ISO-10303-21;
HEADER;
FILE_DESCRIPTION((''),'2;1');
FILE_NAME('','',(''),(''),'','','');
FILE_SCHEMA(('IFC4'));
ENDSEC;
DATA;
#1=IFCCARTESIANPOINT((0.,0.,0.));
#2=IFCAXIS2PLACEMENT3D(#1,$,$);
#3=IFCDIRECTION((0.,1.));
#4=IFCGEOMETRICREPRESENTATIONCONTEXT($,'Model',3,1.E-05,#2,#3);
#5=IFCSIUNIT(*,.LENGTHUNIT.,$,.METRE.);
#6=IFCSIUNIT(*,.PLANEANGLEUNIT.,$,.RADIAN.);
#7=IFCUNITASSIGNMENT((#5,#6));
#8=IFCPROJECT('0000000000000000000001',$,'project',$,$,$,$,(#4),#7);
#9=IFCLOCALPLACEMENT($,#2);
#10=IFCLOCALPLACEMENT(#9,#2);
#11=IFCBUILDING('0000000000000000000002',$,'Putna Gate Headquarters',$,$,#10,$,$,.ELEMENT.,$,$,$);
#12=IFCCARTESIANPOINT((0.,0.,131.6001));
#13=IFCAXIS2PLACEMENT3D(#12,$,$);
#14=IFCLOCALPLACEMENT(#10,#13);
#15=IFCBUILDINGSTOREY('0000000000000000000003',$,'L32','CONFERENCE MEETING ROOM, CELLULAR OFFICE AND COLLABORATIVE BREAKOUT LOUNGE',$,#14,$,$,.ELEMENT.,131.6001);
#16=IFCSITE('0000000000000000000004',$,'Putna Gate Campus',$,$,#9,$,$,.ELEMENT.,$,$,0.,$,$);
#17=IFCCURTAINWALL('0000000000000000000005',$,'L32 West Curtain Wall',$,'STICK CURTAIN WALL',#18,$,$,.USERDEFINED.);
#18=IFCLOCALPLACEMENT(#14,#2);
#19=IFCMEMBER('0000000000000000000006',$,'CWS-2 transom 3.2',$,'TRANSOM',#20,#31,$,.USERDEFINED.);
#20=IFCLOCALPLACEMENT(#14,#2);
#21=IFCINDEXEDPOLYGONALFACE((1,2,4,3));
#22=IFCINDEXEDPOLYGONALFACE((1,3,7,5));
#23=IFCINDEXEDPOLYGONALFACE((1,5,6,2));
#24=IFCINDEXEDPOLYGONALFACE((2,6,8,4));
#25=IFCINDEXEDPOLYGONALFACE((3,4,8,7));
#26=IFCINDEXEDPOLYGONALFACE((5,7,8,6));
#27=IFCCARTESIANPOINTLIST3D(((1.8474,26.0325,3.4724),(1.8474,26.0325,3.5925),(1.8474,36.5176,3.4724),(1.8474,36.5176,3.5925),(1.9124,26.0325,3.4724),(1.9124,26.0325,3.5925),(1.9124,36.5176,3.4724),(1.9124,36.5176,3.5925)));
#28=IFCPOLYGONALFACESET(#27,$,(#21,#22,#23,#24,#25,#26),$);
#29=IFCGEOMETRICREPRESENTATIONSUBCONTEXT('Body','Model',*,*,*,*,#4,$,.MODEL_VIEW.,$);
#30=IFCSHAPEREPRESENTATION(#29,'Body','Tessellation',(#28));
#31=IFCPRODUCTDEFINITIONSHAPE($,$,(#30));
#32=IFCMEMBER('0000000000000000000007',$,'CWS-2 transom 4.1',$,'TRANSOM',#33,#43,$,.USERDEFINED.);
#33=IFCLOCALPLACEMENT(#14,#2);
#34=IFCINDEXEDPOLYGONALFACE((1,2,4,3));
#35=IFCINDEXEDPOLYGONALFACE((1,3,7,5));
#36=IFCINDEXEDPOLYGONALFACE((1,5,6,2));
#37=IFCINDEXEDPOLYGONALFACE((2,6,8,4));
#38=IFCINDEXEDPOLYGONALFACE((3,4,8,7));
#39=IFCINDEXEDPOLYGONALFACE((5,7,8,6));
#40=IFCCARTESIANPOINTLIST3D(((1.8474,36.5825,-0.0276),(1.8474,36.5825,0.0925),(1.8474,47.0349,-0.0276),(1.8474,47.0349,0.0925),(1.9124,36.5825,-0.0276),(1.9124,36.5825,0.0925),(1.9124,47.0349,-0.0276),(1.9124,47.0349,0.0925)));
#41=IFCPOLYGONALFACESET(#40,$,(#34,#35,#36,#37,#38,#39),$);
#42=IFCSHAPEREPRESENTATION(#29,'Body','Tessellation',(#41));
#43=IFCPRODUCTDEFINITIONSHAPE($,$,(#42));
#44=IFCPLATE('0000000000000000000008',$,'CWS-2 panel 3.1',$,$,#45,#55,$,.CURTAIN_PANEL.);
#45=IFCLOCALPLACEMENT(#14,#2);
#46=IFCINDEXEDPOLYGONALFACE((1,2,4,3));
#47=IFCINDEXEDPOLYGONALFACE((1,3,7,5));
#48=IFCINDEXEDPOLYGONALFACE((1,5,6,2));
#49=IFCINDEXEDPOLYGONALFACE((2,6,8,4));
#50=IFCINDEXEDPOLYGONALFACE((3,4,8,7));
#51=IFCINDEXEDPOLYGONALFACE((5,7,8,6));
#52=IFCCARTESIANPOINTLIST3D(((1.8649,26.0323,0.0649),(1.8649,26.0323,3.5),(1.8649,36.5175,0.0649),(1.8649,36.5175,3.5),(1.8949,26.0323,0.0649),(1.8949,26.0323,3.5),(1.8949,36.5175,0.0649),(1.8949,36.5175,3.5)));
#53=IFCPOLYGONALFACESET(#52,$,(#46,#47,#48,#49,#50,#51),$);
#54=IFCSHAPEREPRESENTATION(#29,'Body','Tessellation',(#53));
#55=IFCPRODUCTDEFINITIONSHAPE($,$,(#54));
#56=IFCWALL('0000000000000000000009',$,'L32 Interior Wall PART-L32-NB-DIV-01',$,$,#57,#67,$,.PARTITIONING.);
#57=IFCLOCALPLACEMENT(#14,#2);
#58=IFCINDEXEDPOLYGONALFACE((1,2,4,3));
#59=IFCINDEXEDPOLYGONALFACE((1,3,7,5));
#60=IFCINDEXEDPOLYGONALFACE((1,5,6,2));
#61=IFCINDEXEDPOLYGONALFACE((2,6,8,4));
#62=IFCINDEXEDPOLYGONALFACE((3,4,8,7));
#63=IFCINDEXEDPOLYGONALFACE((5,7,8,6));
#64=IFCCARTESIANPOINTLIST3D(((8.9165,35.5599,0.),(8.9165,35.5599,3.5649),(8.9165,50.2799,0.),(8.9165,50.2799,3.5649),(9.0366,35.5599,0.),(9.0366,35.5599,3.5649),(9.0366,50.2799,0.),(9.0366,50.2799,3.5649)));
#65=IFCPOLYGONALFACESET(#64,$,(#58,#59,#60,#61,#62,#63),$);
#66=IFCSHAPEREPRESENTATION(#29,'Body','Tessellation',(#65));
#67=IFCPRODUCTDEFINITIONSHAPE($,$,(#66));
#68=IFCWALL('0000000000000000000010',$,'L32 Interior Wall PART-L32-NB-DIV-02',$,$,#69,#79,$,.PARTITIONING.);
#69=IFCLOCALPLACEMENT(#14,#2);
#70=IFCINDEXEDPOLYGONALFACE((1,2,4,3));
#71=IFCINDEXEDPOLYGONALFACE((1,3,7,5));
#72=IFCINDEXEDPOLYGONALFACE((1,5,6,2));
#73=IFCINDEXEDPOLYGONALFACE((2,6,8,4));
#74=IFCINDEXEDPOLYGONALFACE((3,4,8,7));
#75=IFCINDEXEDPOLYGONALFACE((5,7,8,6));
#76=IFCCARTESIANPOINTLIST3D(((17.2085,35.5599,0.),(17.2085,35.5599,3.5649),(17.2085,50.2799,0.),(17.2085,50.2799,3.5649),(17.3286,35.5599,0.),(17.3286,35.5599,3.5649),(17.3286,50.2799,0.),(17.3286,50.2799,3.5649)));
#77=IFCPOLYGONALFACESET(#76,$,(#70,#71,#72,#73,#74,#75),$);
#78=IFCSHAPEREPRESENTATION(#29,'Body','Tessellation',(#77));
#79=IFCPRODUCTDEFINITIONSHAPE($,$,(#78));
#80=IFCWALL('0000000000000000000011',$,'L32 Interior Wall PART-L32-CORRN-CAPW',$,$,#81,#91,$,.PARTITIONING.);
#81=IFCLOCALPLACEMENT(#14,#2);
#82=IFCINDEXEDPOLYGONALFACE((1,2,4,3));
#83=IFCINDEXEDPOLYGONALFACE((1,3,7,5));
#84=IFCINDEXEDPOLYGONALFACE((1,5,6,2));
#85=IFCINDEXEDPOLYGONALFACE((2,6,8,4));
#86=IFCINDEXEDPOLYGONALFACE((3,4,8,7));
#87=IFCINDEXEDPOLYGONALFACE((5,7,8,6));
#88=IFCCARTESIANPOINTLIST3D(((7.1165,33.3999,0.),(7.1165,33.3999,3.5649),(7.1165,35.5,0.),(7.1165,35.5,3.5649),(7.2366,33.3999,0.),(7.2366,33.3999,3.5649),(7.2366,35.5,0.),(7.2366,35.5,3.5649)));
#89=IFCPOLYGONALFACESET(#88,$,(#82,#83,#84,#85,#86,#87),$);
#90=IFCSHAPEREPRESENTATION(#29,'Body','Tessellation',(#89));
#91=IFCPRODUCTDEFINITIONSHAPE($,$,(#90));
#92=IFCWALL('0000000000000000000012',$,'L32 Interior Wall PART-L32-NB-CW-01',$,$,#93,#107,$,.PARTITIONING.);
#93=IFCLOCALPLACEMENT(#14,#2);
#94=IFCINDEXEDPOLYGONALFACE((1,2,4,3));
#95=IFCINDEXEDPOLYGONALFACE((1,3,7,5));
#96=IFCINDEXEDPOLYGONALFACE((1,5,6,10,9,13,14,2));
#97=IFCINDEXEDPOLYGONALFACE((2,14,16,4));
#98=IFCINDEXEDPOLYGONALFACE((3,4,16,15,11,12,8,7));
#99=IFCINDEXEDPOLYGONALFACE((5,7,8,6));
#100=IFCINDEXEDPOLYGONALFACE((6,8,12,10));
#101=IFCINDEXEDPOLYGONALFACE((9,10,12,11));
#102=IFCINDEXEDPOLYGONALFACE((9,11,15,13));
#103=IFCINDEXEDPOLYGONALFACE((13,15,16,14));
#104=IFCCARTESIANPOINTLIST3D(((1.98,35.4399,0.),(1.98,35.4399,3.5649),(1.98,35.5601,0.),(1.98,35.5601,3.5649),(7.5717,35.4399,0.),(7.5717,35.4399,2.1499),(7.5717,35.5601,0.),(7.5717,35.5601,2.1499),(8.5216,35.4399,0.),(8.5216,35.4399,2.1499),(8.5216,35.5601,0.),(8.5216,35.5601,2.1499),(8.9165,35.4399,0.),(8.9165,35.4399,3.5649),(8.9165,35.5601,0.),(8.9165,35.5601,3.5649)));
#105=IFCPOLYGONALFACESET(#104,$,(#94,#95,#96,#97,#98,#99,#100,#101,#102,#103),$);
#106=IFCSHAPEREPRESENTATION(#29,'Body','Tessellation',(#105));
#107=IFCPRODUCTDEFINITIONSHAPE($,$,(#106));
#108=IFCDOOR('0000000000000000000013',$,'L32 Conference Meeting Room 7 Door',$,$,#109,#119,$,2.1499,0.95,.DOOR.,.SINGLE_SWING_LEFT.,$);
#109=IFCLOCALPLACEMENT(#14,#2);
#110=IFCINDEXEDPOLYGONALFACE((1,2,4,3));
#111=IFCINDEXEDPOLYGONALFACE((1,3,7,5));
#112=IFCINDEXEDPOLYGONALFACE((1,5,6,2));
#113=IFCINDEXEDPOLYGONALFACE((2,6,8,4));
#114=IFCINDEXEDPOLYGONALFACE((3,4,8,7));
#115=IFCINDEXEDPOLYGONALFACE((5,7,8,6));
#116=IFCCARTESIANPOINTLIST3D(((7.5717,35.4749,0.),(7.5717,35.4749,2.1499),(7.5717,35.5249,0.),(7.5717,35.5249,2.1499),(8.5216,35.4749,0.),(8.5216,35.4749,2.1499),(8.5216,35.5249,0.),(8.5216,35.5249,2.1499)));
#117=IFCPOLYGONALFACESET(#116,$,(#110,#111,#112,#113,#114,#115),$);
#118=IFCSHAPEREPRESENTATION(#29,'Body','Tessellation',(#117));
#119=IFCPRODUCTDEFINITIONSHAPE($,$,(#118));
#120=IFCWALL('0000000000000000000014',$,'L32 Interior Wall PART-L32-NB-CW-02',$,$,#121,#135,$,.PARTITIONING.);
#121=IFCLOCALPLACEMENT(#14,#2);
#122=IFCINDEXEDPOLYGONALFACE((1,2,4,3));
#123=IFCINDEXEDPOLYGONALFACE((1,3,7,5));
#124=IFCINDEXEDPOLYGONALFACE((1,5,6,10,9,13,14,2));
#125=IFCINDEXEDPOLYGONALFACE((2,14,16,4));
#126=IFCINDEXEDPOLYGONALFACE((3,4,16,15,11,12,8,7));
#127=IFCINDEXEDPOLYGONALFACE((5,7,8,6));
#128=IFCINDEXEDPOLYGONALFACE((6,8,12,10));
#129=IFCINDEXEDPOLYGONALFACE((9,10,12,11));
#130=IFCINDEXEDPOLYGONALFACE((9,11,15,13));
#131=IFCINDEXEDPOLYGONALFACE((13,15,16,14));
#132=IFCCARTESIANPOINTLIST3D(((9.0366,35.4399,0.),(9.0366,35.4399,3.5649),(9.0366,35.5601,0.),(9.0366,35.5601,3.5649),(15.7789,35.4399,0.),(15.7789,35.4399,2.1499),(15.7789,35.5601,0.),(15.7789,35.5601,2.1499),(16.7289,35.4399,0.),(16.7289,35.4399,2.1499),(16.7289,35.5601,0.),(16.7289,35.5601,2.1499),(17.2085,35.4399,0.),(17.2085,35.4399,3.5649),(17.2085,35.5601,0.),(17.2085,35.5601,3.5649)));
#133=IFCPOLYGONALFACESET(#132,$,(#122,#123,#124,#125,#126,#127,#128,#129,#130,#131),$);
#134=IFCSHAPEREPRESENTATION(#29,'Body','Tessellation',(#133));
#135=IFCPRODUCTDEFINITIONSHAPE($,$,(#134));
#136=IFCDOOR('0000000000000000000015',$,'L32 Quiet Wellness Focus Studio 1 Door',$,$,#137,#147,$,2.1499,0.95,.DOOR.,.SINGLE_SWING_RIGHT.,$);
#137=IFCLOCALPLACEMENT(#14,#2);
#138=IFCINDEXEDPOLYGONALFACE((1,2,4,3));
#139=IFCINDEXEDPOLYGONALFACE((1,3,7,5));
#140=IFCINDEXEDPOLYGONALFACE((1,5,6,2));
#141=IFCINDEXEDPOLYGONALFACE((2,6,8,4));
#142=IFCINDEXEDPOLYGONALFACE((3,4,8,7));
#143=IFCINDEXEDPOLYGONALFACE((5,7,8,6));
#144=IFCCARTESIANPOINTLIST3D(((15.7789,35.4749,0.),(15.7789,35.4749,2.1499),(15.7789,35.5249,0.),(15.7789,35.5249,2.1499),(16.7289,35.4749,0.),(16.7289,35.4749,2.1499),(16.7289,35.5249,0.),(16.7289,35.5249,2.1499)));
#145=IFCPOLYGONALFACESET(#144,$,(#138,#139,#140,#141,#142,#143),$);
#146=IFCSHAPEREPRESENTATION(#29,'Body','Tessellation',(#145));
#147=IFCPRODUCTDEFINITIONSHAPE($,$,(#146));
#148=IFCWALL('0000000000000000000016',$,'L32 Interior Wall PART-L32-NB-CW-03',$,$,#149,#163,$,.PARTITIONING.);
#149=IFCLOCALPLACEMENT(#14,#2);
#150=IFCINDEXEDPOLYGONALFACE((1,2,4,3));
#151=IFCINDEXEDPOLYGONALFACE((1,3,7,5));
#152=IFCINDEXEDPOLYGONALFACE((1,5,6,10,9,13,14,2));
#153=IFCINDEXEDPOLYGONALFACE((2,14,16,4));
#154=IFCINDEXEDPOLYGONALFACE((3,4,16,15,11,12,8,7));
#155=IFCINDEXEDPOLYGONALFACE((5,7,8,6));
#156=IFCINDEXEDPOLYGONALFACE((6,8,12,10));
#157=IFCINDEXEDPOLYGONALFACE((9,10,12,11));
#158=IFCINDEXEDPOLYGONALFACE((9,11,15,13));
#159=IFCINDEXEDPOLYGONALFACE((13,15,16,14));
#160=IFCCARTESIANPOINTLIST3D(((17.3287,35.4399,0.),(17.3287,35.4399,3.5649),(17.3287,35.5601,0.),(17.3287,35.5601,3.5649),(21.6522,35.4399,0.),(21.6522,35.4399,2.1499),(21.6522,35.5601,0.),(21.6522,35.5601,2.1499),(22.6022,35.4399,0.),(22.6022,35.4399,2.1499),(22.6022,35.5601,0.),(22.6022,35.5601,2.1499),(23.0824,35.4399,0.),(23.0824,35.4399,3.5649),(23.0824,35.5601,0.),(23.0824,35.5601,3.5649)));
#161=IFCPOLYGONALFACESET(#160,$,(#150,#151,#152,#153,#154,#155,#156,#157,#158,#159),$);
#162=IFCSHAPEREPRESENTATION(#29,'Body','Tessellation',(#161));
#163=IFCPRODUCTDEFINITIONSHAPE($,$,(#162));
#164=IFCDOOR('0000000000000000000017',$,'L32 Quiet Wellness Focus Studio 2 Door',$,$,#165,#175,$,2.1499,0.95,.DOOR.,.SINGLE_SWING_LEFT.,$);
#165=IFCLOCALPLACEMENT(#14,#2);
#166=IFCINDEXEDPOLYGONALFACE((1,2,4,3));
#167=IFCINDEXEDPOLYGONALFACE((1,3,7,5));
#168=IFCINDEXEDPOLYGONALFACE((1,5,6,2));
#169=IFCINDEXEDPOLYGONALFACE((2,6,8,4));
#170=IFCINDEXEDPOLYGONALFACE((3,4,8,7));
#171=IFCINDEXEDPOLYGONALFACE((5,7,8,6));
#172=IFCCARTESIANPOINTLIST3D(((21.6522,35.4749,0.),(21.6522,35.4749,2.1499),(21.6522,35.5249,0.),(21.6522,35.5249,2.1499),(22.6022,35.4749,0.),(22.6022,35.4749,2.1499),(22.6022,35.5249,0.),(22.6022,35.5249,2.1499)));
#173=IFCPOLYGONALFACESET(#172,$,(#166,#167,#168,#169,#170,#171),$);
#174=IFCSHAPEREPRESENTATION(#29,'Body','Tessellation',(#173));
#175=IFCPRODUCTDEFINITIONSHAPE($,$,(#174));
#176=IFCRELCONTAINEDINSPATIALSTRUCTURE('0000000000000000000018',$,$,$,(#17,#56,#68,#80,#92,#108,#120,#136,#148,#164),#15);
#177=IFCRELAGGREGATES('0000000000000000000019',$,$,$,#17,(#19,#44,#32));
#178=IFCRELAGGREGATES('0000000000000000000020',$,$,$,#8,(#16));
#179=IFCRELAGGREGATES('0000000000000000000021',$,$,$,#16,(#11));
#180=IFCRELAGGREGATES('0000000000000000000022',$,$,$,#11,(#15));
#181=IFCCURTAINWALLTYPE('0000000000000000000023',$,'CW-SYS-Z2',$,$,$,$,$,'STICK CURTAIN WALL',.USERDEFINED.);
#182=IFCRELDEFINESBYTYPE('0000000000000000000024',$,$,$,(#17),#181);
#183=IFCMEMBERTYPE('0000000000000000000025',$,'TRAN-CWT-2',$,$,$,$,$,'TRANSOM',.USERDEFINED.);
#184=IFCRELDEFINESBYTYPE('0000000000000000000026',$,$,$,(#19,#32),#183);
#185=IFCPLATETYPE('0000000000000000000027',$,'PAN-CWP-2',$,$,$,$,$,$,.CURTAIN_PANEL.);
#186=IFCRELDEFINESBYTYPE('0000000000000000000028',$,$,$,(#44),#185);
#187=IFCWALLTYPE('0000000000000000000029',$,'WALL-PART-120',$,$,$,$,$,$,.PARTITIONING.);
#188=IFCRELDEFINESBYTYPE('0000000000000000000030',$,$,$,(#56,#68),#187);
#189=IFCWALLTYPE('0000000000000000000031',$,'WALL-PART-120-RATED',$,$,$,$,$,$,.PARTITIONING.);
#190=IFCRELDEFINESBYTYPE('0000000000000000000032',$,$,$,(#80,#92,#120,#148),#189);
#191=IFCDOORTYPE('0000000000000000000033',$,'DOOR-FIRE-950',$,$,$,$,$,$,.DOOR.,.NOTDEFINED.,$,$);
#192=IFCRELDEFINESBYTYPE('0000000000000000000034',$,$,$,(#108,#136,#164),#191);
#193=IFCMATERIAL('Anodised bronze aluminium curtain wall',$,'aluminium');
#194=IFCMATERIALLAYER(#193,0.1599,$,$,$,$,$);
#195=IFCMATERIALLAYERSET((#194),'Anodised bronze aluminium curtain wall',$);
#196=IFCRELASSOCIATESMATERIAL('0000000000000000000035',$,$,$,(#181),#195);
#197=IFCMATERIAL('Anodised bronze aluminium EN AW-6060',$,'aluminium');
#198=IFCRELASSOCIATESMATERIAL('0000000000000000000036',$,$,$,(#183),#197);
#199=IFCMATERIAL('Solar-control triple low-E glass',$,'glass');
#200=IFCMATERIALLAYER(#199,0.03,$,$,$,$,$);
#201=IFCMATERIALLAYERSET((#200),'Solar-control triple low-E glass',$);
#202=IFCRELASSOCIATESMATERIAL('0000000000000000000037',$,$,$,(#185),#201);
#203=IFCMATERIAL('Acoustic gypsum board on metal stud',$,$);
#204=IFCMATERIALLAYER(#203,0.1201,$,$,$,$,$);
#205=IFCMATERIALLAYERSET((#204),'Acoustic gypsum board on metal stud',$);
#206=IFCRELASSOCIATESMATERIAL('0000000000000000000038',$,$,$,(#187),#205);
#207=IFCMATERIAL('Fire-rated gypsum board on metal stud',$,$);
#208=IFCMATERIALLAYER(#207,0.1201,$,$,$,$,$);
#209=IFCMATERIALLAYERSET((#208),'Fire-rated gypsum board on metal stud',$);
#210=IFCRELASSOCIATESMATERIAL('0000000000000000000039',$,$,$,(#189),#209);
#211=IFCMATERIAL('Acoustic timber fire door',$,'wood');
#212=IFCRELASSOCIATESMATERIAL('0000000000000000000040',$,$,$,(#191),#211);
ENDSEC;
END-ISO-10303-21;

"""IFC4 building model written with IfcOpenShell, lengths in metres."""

from ifc_helpers import new_model, si_unit, direction, frame, frame_2d, origin, origin_2d, place, context, subcontext, project, spatial, rectangle, extrude, material, layer, layer_set, material_profile, profile_set, type_object, element, fill, aggregate, save


model = new_model("IFC4")

# Units and contexts
model_context = context("Model", 3, precision=1e-05, world=origin(), true_north=direction((0.0, 1.0)))
body_context = subcontext(model_context, "Body", "Model", "MODEL_VIEW")
ifc_project = project(units=[si_unit("LENGTHUNIT", "METRE"), si_unit("PLANEANGLEUNIT", "RADIAN")], contexts=[model_context])

# Site, building, storey
site_placement = place(None, origin())
site = spatial("IfcSite", under=ifc_project, at=site_placement, Name="Putna Gate Campus", CompositionType="ELEMENT", RefElevation=0.0)
building_placement = place(site_placement, origin())
building = spatial("IfcBuilding", under=site, at=building_placement, Name="Putna Gate Headquarters", CompositionType="ELEMENT")
storey_placement = place(building_placement, frame((0.0, 0.0, 131.6001)))
storey = spatial("IfcBuildingStorey", under=building, at=storey_placement, Name="L32", Description="CONFERENCE MEETING ROOM, CELLULAR OFFICE AND COLLABORATIVE BREAKOUT LOUNGE", CompositionType="ELEMENT", Elevation=131.6001)

# Curtain wall, members, plate
ifc_material_1 = material(Name="Anodised bronze aluminium curtain wall", Category="aluminium")
ifc_layer_1 = layer(ifc_material_1, 0.1599)
ifc_layer_set_1 = layer_set([ifc_layer_1], Name="Anodised bronze aluminium curtain wall")
curtain_wall_type = type_object("IfcCurtainWallType", Name="CW-SYS-Z2", ElementType="STICK CURTAIN WALL", PredefinedType="USERDEFINED", material=ifc_layer_set_1)
curtain_wall_placement = place(storey_placement, origin())
curtain_wall = element("IfcCurtainWall", 1, at=curtain_wall_placement, inside=storey, type_object=curtain_wall_type, Name="L32 West Curtain Wall", ObjectType="STICK CURTAIN WALL", PredefinedType="USERDEFINED")
ifc_material_2 = material(Name="Anodised bronze aluminium EN AW-6060", Category="aluminium")
ifc_material_profile_1 = material_profile(ifc_material_2, rectangle(XDim=0.0649, YDim=0.1201, at=origin_2d()), Name="Anodised bronze aluminium EN AW-6060")
ifc_profile_set_1 = profile_set([ifc_material_profile_1], Name="Anodised bronze aluminium EN AW-6060")
member_type_1 = type_object("IfcMemberType", Name="TRAN-CWT-2", ElementType="TRANSOM", PredefinedType="USERDEFINED", material=ifc_profile_set_1)
member_1_placement = place(storey_placement, frame((1.8799, 26.0325, 3.5325), z_axis=(0.0, 1.0, 0.0), x_axis=(-1.0, 0.0, 0.0)))
member_1 = element("IfcMember", 2, at=member_1_placement, type_object=member_type_1, Name="CWS-2 transom 3.2", ObjectType="TRANSOM", PredefinedType="USERDEFINED", context=body_context, shape_type="SweptSolid", body=[
    extrude(rectangle(XDim=0.0649, YDim=0.1201, at=origin_2d()), origin(), (0.0, 0.0, 1.0), 10.4851),
])
member_2_placement = place(storey_placement, frame((1.8799, 36.5825, 0.0325), z_axis=(0.0, 1.0, 0.0), x_axis=(-1.0, 0.0, 0.0)))
member_2 = element("IfcMember", 3, at=member_2_placement, type_object=member_type_1, Name="CWS-2 transom 4.1", ObjectType="TRANSOM", PredefinedType="USERDEFINED", context=body_context, shape_type="SweptSolid", body=[
    extrude(rectangle(XDim=0.0649, YDim=0.1201, at=origin_2d()), origin(), (0.0, 0.0, 1.0), 10.4524),
])
ifc_material_3 = material(Name="Solar-control triple low-E glass", Category="glass")
ifc_layer_2 = layer(ifc_material_3, 0.03)
ifc_layer_set_2 = layer_set([ifc_layer_2], Name="Solar-control triple low-E glass")
plate_type = type_object("IfcPlateType", Name="PAN-CWP-2", PredefinedType="CURTAIN_PANEL", material=ifc_layer_set_2)
plate_placement = place(storey_placement, frame((1.8799, 31.2749, 0.0649), z_axis=(0.0, 0.0, 1.0), x_axis=(0.0, 1.0, 0.0)))
plate = element("IfcPlate", 4, at=plate_placement, type_object=plate_type, Name="CWS-2 panel 3.1", PredefinedType="CURTAIN_PANEL", context=body_context, shape_type="SweptSolid", body=[
    extrude(rectangle(XDim=10.4851, YDim=0.03, at=origin_2d()), origin(), (0.0, 0.0, 1.0), 3.4351),
])
aggregate(curtain_wall, [member_1, plate, member_2])

# Walls
ifc_material_4 = material(Name="Acoustic gypsum board on metal stud")
ifc_layer_3 = layer(ifc_material_4, 0.1201)
ifc_layer_set_3 = layer_set([ifc_layer_3], Name="Acoustic gypsum board on metal stud")
wall_type_1 = type_object("IfcWallType", Name="WALL-PART-120", PredefinedType="PARTITIONING", material=ifc_layer_set_3)
for number, where, z_axis, x_axis, name in (
    (5, (8.9766, 35.5601, 0.0), (0.0, 0.0, 1.0), (0.0, 1.0, 0.0), "L32 Interior Wall PART-L32-NB-DIV-01"),
    (6, (17.2686, 35.5601, 0.0), (0.0, 0.0, 1.0), (0.0, 1.0, 0.0), "L32 Interior Wall PART-L32-NB-DIV-02"),
):
    element("IfcWall", number, at=place(storey_placement, frame(where, z_axis=z_axis, x_axis=x_axis)), inside=storey, type_object=wall_type_1, Name=name, PredefinedType="PARTITIONING", context=body_context, shape_type="SweptSolid", body=[
        extrude(rectangle(XDim=14.72, YDim=0.1201, at=frame_2d((7.3599, 0.0))), origin(), (0.0, 0.0, 1.0), 3.5649),
    ])
ifc_material_5 = material(Name="Fire-rated gypsum board on metal stud")
ifc_layer_4 = layer(ifc_material_5, 0.1201)
ifc_layer_set_4 = layer_set([ifc_layer_4], Name="Fire-rated gypsum board on metal stud")
wall_type_2 = type_object("IfcWallType", Name="WALL-PART-120-RATED", PredefinedType="PARTITIONING", material=ifc_layer_set_4)
wall_1_placement = place(storey_placement, frame((7.1765, 33.3999, 0.0), z_axis=(0.0, 0.0, 1.0), x_axis=(0.0, 1.0, 0.0)))
element("IfcWall", 7, at=wall_1_placement, inside=storey, type_object=wall_type_2, Name="L32 Interior Wall PART-L32-CORRN-CAPW", PredefinedType="PARTITIONING", context=body_context, shape_type="SweptSolid", body=[
    extrude(rectangle(XDim=2.1001, YDim=0.1201, at=frame_2d((1.05, 0.0))), origin(), (0.0, 0.0, 1.0), 3.5649),
])

# Walls, openings, doors
wall_2_placement = place(storey_placement, frame((1.98, 35.5, 0.0), z_axis=(0.0, 0.0, 1.0), x_axis=(1.0, 0.0, 0.0)))
wall_2 = element("IfcWall", 8, at=wall_2_placement, inside=storey, type_object=wall_type_2, Name="L32 Interior Wall PART-L32-NB-CW-01", PredefinedType="PARTITIONING", context=body_context, shape_type="SweptSolid", body=[
    extrude(rectangle(XDim=6.9365, YDim=0.1201, at=frame_2d((3.4683, 0.0))), origin(), (0.0, 0.0, 1.0), 3.5649),
])
opening_1_placement = place(wall_2_placement, frame((5.5916, 0.0, 0.0)))
opening_1 = element("IfcOpeningElement", 9, at=opening_1_placement, cuts=wall_2, PredefinedType="OPENING", context=body_context, shape_type="SweptSolid", body=[
    extrude(rectangle(XDim=0.95, YDim=2.1499, at=frame_2d((0.4751, 1.075))), frame((0.0, 0.0701, 0.0), z_axis=(0.0, -1.0, 0.0), x_axis=(1.0, 0.0, 0.0)), (0.0, 0.0, 1.0), 0.1401),
])
ifc_material_6 = material(Name="Acoustic timber fire door", Category="wood")
door_type_1 = type_object("IfcDoorType", Name="DOOR-FIRE-950", OperationType="NOTDEFINED", PredefinedType="DOOR", material=ifc_material_6)
door_1_placement = place(opening_1_placement, origin())
door_1 = element("IfcDoor", 10, at=door_1_placement, inside=storey, type_object=door_type_1, Name="L32 Conference Meeting Room 7 Door", OperationType="SINGLE_SWING_LEFT", OverallHeight=2.1499, OverallWidth=0.95, PredefinedType="DOOR", context=body_context, shape_type="SweptSolid", body=[
    extrude(rectangle(XDim=0.95, YDim=2.1499, at=frame_2d((0.4751, 1.075))), frame((0.0, 0.0249, 0.0), z_axis=(0.0, -1.0, 0.0), x_axis=(1.0, 0.0, 0.0)), (0.0, 0.0, 1.0), 0.05),
])
fill(opening_1, door_1)
wall_3_placement = place(storey_placement, frame((9.0366, 35.5, 0.0), z_axis=(0.0, 0.0, 1.0), x_axis=(1.0, 0.0, 0.0)))
wall_3 = element("IfcWall", 11, at=wall_3_placement, inside=storey, type_object=wall_type_2, Name="L32 Interior Wall PART-L32-NB-CW-02", PredefinedType="PARTITIONING", context=body_context, shape_type="SweptSolid", body=[
    extrude(rectangle(XDim=8.1719, YDim=0.1201, at=frame_2d((4.0859, 0.0))), origin(), (0.0, 0.0, 1.0), 3.5649),
])
opening_2_placement = place(wall_3_placement, frame((6.7422, 0.0, 0.0)))
opening_2 = element("IfcOpeningElement", 12, at=opening_2_placement, cuts=wall_3, PredefinedType="OPENING", context=body_context, shape_type="SweptSolid", body=[
    extrude(rectangle(XDim=0.95, YDim=2.1499, at=frame_2d((0.4751, 1.075))), frame((0.0, 0.0701, 0.0), z_axis=(0.0, -1.0, 0.0), x_axis=(1.0, 0.0, 0.0)), (0.0, 0.0, 1.0), 0.1401),
])
door_2_placement = place(opening_2_placement, origin())
door_2 = element("IfcDoor", 13, at=door_2_placement, inside=storey, type_object=door_type_1, Name="L32 Quiet Wellness Focus Studio 1 Door", OperationType="SINGLE_SWING_RIGHT", OverallHeight=2.1499, OverallWidth=0.95, PredefinedType="DOOR", context=body_context, shape_type="SweptSolid", body=[
    extrude(rectangle(XDim=0.95, YDim=2.1499, at=frame_2d((0.4751, 1.075))), frame((0.0, 0.0249, 0.0), z_axis=(0.0, -1.0, 0.0), x_axis=(1.0, 0.0, 0.0)), (0.0, 0.0, 1.0), 0.05),
])
fill(opening_2, door_2)
wall_4_placement = place(storey_placement, frame((17.3286, 35.5, 0.0), z_axis=(0.0, 0.0, 1.0), x_axis=(1.0, 0.0, 0.0)))
wall_4 = element("IfcWall", 14, at=wall_4_placement, inside=storey, type_object=wall_type_2, Name="L32 Interior Wall PART-L32-NB-CW-03", PredefinedType="PARTITIONING", context=body_context, shape_type="SweptSolid", body=[
    extrude(rectangle(XDim=5.7537, YDim=0.1201, at=frame_2d((2.877, 0.0))), origin(), (0.0, 0.0, 1.0), 3.5649),
])
opening_3_placement = place(wall_4_placement, frame((4.3235, 0.0, 0.0)))
opening_3 = element("IfcOpeningElement", 15, at=opening_3_placement, cuts=wall_4, PredefinedType="OPENING", context=body_context, shape_type="SweptSolid", body=[
    extrude(rectangle(XDim=0.95, YDim=2.1499, at=frame_2d((0.4751, 1.075))), frame((0.0, 0.0701, 0.0), z_axis=(0.0, -1.0, 0.0), x_axis=(1.0, 0.0, 0.0)), (0.0, 0.0, 1.0), 0.1401),
])
door_3_placement = place(opening_3_placement, origin())
door_3 = element("IfcDoor", 16, at=door_3_placement, inside=storey, type_object=door_type_1, Name="L32 Quiet Wellness Focus Studio 2 Door", OperationType="SINGLE_SWING_LEFT", OverallHeight=2.1499, OverallWidth=0.95, PredefinedType="DOOR", context=body_context, shape_type="SweptSolid", body=[
    extrude(rectangle(XDim=0.95, YDim=2.1499, at=frame_2d((0.4751, 1.075))), frame((0.0, 0.0249, 0.0), z_axis=(0.0, -1.0, 0.0), x_axis=(1.0, 0.0, 0.0)), (0.0, 0.0, 1.0), 0.05),
])
fill(opening_3, door_3)

save(model, "model.ifc")
